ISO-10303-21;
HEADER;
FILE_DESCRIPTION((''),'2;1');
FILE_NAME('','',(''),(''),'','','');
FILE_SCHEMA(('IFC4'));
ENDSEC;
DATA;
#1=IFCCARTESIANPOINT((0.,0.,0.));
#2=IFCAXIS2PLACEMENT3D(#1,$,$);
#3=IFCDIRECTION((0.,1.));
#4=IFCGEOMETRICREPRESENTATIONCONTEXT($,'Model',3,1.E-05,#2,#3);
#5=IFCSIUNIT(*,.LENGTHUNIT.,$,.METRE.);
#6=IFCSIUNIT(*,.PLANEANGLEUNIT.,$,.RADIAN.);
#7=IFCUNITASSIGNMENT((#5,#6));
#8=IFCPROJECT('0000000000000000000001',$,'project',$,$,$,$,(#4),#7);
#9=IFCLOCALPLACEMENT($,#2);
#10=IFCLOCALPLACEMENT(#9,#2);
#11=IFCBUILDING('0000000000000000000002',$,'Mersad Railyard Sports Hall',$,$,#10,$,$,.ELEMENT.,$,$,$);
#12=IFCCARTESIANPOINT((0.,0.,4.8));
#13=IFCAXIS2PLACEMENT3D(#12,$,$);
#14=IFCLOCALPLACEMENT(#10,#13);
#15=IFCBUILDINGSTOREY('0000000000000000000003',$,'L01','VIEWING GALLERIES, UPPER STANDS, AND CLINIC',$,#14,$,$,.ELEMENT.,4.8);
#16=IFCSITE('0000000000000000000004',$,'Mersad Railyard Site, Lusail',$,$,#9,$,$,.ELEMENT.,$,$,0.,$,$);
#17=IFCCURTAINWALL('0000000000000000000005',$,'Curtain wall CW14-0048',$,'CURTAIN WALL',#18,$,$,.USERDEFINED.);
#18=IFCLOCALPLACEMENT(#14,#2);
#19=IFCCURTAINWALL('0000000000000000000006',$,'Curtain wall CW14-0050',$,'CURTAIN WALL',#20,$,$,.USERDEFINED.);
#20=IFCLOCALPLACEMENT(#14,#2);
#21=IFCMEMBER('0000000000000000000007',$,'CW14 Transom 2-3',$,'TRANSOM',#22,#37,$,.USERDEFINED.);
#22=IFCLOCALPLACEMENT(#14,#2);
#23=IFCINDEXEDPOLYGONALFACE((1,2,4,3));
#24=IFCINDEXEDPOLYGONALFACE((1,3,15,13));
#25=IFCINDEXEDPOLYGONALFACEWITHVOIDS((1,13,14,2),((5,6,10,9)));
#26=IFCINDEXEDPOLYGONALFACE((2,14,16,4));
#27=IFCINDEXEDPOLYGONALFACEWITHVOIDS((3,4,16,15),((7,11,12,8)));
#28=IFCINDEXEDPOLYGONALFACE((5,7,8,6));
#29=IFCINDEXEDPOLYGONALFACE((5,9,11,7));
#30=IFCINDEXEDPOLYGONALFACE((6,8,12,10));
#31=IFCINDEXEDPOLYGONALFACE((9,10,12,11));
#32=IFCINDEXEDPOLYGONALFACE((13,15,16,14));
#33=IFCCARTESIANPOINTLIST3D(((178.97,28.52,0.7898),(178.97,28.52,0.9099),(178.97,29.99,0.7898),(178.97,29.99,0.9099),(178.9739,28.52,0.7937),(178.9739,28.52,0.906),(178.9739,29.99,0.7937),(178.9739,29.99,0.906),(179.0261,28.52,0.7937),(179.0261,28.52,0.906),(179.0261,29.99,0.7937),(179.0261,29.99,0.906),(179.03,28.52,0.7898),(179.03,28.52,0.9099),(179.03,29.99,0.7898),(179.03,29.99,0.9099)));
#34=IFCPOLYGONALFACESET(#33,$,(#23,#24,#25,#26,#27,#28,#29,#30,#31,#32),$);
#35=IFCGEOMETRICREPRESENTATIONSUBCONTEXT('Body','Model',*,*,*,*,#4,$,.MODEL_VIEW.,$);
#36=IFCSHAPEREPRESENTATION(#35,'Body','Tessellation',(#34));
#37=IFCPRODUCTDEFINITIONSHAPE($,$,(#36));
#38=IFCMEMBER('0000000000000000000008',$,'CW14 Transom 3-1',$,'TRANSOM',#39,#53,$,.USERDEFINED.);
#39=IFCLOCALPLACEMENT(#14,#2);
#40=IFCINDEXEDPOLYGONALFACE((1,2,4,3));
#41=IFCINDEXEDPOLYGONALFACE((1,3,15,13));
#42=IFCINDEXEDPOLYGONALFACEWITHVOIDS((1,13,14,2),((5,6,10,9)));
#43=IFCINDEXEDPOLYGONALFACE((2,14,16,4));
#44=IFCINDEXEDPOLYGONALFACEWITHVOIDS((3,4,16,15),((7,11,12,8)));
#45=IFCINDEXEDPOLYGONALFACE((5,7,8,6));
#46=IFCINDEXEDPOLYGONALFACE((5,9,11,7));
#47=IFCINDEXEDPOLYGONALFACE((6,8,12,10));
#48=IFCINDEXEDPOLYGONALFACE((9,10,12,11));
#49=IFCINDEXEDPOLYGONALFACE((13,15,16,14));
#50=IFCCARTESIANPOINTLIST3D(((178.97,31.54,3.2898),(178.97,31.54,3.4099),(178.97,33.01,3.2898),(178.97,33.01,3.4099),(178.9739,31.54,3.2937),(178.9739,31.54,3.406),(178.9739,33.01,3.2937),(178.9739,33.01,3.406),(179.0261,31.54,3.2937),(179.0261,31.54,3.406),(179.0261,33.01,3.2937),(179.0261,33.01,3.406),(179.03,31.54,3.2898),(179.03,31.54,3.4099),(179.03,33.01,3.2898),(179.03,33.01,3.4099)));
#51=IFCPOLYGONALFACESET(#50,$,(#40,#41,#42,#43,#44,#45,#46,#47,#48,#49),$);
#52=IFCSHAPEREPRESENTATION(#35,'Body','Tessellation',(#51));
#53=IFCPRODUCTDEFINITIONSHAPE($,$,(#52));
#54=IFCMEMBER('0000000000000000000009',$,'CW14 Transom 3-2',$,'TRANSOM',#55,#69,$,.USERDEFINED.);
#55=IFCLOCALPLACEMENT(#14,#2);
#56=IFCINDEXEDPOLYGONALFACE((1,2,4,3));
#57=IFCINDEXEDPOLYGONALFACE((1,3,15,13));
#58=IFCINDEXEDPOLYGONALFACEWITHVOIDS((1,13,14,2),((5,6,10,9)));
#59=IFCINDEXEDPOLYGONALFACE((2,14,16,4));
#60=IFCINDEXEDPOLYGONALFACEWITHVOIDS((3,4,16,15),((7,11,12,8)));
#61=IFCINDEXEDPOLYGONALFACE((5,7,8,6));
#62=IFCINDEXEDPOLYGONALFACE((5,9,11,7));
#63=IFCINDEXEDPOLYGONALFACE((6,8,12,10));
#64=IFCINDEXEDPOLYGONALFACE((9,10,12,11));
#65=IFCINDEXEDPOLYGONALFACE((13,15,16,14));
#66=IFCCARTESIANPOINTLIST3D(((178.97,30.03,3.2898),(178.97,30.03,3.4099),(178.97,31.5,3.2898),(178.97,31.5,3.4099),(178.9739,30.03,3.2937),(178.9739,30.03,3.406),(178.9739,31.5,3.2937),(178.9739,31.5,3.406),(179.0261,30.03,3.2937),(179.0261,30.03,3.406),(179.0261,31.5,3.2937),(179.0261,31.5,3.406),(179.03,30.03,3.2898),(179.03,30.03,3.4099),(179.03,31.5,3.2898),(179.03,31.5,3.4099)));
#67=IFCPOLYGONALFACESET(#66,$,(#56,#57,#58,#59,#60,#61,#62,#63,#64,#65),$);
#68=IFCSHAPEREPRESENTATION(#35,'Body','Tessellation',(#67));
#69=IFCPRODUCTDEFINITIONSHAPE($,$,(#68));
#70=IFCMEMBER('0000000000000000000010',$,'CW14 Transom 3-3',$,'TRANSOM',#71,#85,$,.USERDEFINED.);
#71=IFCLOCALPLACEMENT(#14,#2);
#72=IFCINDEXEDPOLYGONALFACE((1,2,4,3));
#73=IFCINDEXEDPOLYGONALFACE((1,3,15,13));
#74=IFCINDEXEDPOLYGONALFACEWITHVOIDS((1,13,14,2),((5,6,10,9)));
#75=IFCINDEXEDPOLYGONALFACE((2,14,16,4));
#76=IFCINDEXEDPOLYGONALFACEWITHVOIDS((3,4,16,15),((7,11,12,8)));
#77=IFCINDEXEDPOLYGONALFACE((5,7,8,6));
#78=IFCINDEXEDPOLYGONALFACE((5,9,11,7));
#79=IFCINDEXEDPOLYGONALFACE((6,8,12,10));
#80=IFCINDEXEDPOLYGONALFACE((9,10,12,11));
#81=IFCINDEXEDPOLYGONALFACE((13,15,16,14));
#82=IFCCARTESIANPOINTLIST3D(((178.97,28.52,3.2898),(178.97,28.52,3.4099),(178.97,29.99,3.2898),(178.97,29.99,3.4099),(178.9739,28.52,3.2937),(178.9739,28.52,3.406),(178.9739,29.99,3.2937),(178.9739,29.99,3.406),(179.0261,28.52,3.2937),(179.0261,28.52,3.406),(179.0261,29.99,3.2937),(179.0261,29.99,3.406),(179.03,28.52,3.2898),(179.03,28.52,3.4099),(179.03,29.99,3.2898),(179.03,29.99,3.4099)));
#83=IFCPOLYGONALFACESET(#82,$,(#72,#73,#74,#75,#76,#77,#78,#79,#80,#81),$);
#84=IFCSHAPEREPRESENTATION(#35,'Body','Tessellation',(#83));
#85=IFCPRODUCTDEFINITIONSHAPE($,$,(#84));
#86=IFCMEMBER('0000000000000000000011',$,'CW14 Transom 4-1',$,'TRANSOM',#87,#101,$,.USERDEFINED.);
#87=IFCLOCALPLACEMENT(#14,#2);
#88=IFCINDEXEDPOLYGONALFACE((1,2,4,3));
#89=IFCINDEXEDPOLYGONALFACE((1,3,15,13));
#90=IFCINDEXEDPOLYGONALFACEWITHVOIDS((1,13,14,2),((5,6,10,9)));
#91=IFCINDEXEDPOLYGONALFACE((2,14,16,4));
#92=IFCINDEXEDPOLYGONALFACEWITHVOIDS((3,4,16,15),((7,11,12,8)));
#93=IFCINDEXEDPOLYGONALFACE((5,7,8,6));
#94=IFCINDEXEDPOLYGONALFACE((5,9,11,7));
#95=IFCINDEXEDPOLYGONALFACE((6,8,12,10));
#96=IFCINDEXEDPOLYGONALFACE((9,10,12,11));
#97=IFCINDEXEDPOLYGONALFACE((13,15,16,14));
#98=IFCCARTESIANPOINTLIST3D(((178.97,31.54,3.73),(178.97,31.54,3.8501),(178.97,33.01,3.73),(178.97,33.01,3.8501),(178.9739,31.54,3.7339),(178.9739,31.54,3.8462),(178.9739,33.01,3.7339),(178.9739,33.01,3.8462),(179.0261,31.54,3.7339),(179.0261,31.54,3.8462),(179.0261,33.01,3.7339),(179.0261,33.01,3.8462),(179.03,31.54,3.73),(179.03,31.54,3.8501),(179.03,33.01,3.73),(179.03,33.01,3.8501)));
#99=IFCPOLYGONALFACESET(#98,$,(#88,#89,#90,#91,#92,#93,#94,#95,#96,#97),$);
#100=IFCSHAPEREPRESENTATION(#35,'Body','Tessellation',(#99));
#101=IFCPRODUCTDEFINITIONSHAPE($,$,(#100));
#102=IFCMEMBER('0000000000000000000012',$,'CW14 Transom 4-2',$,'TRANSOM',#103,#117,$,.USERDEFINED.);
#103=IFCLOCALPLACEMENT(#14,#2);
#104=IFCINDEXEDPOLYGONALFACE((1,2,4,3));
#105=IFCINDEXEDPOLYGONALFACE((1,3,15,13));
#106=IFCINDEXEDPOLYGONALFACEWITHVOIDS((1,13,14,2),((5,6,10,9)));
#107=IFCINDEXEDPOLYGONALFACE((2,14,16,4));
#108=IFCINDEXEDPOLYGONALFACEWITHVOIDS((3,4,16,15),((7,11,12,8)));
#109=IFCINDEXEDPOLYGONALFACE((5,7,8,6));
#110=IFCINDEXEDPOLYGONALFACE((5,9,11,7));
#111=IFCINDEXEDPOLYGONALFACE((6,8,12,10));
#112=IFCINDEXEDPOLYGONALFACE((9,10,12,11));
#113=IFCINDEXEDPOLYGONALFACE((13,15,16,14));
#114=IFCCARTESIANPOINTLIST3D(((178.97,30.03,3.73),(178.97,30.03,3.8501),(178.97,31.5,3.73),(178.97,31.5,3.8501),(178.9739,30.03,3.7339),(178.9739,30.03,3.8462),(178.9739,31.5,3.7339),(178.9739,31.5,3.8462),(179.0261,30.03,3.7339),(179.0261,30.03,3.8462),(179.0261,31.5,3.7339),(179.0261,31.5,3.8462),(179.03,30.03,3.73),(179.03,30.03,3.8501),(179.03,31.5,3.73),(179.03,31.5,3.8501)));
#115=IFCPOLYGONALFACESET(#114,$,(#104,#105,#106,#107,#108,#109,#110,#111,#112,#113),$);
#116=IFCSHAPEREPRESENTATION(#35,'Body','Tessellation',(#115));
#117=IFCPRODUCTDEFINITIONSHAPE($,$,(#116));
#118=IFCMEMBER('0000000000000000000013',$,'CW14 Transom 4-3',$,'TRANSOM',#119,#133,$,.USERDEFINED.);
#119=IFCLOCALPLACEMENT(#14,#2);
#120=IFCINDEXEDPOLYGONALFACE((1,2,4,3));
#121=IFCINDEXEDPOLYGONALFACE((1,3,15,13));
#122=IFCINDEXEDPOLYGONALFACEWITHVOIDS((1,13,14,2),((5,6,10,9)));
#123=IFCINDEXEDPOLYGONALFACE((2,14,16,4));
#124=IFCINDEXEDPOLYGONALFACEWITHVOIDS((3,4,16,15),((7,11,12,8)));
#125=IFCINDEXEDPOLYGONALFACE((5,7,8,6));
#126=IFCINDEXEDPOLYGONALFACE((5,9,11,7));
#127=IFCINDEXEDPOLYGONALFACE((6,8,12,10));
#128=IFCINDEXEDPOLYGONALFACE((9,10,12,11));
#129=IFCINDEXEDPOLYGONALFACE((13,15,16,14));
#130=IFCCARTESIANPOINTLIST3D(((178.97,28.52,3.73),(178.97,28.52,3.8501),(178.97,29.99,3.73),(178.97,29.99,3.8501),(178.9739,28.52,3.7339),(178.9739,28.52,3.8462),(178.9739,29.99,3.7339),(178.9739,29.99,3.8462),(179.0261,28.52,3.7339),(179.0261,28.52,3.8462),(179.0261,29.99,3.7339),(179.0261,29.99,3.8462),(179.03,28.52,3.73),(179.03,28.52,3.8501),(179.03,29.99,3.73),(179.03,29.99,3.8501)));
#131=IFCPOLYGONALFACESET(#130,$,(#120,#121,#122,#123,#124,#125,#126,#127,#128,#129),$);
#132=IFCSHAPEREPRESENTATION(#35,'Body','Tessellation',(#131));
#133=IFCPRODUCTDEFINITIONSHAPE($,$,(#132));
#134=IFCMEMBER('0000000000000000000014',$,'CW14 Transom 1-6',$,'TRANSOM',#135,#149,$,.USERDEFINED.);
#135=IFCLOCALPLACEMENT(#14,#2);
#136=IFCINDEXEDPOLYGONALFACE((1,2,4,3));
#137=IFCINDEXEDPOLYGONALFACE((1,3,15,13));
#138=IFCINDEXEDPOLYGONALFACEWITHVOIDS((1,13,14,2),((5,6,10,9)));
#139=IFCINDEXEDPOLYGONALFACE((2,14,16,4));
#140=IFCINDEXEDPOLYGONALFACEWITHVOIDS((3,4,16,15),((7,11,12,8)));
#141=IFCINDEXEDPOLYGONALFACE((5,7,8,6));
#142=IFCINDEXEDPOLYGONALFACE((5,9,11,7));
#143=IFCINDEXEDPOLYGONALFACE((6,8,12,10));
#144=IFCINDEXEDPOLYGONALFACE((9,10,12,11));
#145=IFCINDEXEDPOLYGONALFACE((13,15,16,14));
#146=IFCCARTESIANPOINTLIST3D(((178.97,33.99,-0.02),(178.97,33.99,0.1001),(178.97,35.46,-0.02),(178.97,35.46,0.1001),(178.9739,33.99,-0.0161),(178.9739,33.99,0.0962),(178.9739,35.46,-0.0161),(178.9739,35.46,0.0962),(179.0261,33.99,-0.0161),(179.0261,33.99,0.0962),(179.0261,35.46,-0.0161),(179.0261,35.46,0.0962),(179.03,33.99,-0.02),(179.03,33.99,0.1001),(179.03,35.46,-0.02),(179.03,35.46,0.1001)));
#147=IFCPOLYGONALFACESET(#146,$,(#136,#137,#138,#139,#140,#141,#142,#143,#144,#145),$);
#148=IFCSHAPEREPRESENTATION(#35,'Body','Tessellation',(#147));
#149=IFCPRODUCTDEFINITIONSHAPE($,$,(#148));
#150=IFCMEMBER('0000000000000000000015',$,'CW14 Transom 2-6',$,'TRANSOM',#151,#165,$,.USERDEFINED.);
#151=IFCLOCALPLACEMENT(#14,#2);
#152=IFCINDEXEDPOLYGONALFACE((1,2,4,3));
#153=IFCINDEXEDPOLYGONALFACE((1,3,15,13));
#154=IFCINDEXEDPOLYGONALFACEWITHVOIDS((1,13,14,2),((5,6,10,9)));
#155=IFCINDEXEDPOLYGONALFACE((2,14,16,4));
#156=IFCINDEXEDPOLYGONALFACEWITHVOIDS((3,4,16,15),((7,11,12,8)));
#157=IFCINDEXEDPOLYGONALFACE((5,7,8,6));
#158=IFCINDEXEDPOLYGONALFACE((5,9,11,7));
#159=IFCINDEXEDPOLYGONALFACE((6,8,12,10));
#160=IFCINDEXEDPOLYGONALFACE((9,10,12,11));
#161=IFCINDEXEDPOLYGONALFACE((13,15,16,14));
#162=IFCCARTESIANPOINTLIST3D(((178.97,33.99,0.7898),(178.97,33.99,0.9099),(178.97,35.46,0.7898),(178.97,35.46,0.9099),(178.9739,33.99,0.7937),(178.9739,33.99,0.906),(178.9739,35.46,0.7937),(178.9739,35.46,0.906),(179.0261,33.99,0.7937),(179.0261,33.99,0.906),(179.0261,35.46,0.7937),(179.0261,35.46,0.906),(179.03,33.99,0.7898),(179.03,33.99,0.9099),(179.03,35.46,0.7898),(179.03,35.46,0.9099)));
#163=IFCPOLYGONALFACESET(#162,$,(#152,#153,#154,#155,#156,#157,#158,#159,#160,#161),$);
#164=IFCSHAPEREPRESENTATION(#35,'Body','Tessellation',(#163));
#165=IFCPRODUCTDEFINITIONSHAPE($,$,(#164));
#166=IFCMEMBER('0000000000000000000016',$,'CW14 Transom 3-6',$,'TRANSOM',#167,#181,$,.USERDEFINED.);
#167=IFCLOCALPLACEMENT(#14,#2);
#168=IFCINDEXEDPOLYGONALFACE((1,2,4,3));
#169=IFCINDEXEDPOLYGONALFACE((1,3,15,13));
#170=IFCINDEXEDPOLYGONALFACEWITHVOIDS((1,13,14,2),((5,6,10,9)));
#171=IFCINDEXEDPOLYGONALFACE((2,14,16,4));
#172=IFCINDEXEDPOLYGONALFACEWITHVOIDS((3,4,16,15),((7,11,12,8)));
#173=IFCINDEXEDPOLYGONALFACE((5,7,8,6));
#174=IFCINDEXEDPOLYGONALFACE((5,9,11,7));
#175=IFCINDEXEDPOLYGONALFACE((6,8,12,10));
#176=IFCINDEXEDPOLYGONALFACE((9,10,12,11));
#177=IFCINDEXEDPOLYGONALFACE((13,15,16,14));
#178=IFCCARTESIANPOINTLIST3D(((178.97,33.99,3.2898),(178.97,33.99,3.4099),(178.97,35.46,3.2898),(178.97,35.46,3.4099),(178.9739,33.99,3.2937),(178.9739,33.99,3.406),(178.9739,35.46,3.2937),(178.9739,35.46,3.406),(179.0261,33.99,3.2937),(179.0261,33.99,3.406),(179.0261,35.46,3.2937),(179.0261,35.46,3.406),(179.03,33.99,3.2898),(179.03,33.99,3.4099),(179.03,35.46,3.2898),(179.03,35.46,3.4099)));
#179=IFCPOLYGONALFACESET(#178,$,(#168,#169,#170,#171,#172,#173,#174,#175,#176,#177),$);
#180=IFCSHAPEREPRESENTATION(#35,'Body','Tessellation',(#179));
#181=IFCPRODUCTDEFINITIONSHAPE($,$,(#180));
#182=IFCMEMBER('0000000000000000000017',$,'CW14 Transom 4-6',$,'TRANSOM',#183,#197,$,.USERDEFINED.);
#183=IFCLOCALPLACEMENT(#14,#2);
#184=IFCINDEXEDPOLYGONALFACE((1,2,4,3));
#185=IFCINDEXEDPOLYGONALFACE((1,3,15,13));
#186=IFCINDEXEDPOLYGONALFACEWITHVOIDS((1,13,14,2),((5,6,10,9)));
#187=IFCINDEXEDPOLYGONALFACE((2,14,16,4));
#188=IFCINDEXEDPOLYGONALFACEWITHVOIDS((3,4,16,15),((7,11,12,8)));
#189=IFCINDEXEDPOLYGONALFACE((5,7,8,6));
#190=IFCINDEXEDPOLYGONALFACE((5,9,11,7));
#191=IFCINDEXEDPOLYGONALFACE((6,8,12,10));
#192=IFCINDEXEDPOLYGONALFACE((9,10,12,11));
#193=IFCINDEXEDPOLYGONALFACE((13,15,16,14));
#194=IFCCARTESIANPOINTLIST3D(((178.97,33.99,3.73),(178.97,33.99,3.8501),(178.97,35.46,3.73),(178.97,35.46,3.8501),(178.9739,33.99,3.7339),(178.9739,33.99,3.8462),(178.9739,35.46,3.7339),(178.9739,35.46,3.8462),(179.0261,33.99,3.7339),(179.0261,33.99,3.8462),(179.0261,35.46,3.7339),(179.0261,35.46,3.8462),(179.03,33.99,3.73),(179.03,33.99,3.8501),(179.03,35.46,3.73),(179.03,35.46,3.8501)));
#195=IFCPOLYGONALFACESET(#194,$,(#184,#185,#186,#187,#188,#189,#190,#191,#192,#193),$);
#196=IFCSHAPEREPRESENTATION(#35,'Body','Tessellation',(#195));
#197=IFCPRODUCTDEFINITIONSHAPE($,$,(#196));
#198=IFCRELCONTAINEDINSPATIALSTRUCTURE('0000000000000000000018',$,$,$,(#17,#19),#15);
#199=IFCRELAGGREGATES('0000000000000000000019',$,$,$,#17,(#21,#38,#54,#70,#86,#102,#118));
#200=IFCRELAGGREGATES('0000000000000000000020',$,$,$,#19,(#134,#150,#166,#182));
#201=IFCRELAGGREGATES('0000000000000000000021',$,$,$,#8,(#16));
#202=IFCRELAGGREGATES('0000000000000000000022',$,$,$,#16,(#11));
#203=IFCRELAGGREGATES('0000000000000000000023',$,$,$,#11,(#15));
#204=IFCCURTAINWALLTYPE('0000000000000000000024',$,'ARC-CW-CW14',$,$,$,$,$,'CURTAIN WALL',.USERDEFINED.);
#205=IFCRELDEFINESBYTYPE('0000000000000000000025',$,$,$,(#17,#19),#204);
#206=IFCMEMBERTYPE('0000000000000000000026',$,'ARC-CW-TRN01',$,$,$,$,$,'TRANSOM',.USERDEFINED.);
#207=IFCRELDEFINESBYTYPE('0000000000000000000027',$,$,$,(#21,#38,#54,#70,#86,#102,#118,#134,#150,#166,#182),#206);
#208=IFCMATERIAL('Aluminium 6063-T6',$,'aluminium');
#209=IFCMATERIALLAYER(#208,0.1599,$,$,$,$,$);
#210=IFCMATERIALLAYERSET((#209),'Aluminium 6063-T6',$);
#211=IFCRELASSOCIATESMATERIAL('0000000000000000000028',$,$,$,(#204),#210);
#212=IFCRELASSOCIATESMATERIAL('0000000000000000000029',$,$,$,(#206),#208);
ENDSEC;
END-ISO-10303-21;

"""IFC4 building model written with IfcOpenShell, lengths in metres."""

from ifc_helpers import new_model, si_unit, direction, frame, origin, origin_2d, place, context, subcontext, project, spatial, hollow_rectangle, extrude, material, layer, layer_set, material_profile, profile_set, type_object, element, aggregate, save


model = new_model("IFC4")

# Units and contexts
model_context = context("Model", 3, precision=1e-05, world=origin(), true_north=direction((0.0, 1.0)))
body_context = subcontext(model_context, "Body", "Model", "MODEL_VIEW")
ifc_project = project(units=[si_unit("LENGTHUNIT", "METRE"), si_unit("PLANEANGLEUNIT", "RADIAN")], contexts=[model_context])

# Site, building, storey
site_placement = place(None, origin())
site = spatial("IfcSite", under=ifc_project, at=site_placement, Name="Mersad Railyard Site, Lusail", CompositionType="ELEMENT", RefElevation=0.0)
building_placement = place(site_placement, origin())
building = spatial("IfcBuilding", under=site, at=building_placement, Name="Mersad Railyard Sports Hall", CompositionType="ELEMENT")
storey_placement = place(building_placement, frame((0.0, 0.0, 4.8)))
storey = spatial("IfcBuildingStorey", under=building, at=storey_placement, Name="L01", Description="VIEWING GALLERIES, UPPER STANDS, AND CLINIC", CompositionType="ELEMENT", Elevation=4.8)

# Curtain walls
ifc_material_1 = material(Name="Aluminium 6063-T6", Category="aluminium")
ifc_layer_1 = layer(ifc_material_1, 0.1599)
ifc_layer_set_1 = layer_set([ifc_layer_1], Name="Aluminium 6063-T6")
curtain_wall_type = type_object("IfcCurtainWallType", Name="ARC-CW-CW14", ElementType="CURTAIN WALL", PredefinedType="USERDEFINED", material=ifc_layer_set_1)
curtain_wall_1_placement = place(storey_placement, origin())
curtain_wall_1 = element("IfcCurtainWall", 1, at=curtain_wall_1_placement, inside=storey, type_object=curtain_wall_type, Name="Curtain wall CW14-0048", ObjectType="CURTAIN WALL", PredefinedType="USERDEFINED")
curtain_wall_2_placement = place(storey_placement, origin())
curtain_wall_2 = element("IfcCurtainWall", 2, at=curtain_wall_2_placement, inside=storey, type_object=curtain_wall_type, Name="Curtain wall CW14-0050", ObjectType="CURTAIN WALL", PredefinedType="USERDEFINED")

# Members
ifc_material_profile_1 = material_profile(ifc_material_1, hollow_rectangle(XDim=0.0601, YDim=0.1201, WallThickness=0.0039, at=origin_2d()), Name="AL TRANSOM 60x120x4")
ifc_profile_set_1 = profile_set([ifc_material_profile_1], Name="Aluminium 6063-T6")
member_type_1 = type_object("IfcMemberType", Name="ARC-CW-TRN01", ElementType="TRANSOM", PredefinedType="USERDEFINED", material=ifc_profile_set_1)
member_1_placement = place(storey_placement, frame((179.0, 29.99, 0.8499), z_axis=(0.0, -1.0, 0.0), x_axis=(1.0, 0.0, 0.0)))
member_1 = element("IfcMember", 3, at=member_1_placement, type_object=member_type_1, Name="CW14 Transom 2-3", ObjectType="TRANSOM", PredefinedType="USERDEFINED", context=body_context, shape_type="SweptSolid", body=[
    extrude(hollow_rectangle(XDim=0.0601, YDim=0.1201, WallThickness=0.0039, at=origin_2d()), origin(), (0.0, 0.0, 1.0), 1.47),
])
member_2_placement = place(storey_placement, frame((179.0, 33.01, 3.3499), z_axis=(0.0, -1.0, 0.0), x_axis=(1.0, 0.0, 0.0)))
member_2 = element("IfcMember", 4, at=member_2_placement, type_object=member_type_1, Name="CW14 Transom 3-1", ObjectType="TRANSOM", PredefinedType="USERDEFINED", context=body_context, shape_type="SweptSolid", body=[
    extrude(hollow_rectangle(XDim=0.0601, YDim=0.1201, WallThickness=0.0039, at=origin_2d()), origin(), (0.0, 0.0, 1.0), 1.47),
])
member_3_placement = place(storey_placement, frame((179.0, 31.5, 3.3499), z_axis=(0.0, -1.0, 0.0), x_axis=(1.0, 0.0, 0.0)))
member_3 = element("IfcMember", 5, at=member_3_placement, type_object=member_type_1, Name="CW14 Transom 3-2", ObjectType="TRANSOM", PredefinedType="USERDEFINED", context=body_context, shape_type="SweptSolid", body=[
    extrude(hollow_rectangle(XDim=0.0601, YDim=0.1201, WallThickness=0.0039, at=origin_2d()), origin(), (0.0, 0.0, 1.0), 1.47),
])
member_4_placement = place(storey_placement, frame((179.0, 29.99, 3.3499), z_axis=(0.0, -1.0, 0.0), x_axis=(1.0, 0.0, 0.0)))
member_4 = element("IfcMember", 6, at=member_4_placement, type_object=member_type_1, Name="CW14 Transom 3-3", ObjectType="TRANSOM", PredefinedType="USERDEFINED", context=body_context, shape_type="SweptSolid", body=[
    extrude(hollow_rectangle(XDim=0.0601, YDim=0.1201, WallThickness=0.0039, at=origin_2d()), origin(), (0.0, 0.0, 1.0), 1.47),
])
member_5_placement = place(storey_placement, frame((179.0, 33.01, 3.79), z_axis=(0.0, -1.0, 0.0), x_axis=(1.0, 0.0, 0.0)))
member_5 = element("IfcMember", 7, at=member_5_placement, type_object=member_type_1, Name="CW14 Transom 4-1", ObjectType="TRANSOM", PredefinedType="USERDEFINED", context=body_context, shape_type="SweptSolid", body=[
    extrude(hollow_rectangle(XDim=0.0601, YDim=0.1201, WallThickness=0.0039, at=origin_2d()), origin(), (0.0, 0.0, 1.0), 1.47),
])
member_6_placement = place(storey_placement, frame((179.0, 31.5, 3.79), z_axis=(0.0, -1.0, 0.0), x_axis=(1.0, 0.0, 0.0)))
member_6 = element("IfcMember", 8, at=member_6_placement, type_object=member_type_1, Name="CW14 Transom 4-2", ObjectType="TRANSOM", PredefinedType="USERDEFINED", context=body_context, shape_type="SweptSolid", body=[
    extrude(hollow_rectangle(XDim=0.0601, YDim=0.1201, WallThickness=0.0039, at=origin_2d()), origin(), (0.0, 0.0, 1.0), 1.47),
])
member_7_placement = place(storey_placement, frame((179.0, 29.99, 3.79), z_axis=(0.0, -1.0, 0.0), x_axis=(1.0, 0.0, 0.0)))
member_7 = element("IfcMember", 9, at=member_7_placement, type_object=member_type_1, Name="CW14 Transom 4-3", ObjectType="TRANSOM", PredefinedType="USERDEFINED", context=body_context, shape_type="SweptSolid", body=[
    extrude(hollow_rectangle(XDim=0.0601, YDim=0.1201, WallThickness=0.0039, at=origin_2d()), origin(), (0.0, 0.0, 1.0), 1.47),
])
member_8_placement = place(storey_placement, frame((179.0, 35.46, 0.04), z_axis=(0.0, -1.0, 0.0), x_axis=(1.0, 0.0, 0.0)))
member_8 = element("IfcMember", 10, at=member_8_placement, type_object=member_type_1, Name="CW14 Transom 1-6", ObjectType="TRANSOM", PredefinedType="USERDEFINED", context=body_context, shape_type="SweptSolid", body=[
    extrude(hollow_rectangle(XDim=0.0601, YDim=0.1201, WallThickness=0.0039, at=origin_2d()), origin(), (0.0, 0.0, 1.0), 1.47),
])
member_9_placement = place(storey_placement, frame((179.0, 35.46, 0.8499), z_axis=(0.0, -1.0, 0.0), x_axis=(1.0, 0.0, 0.0)))
member_9 = element("IfcMember", 11, at=member_9_placement, type_object=member_type_1, Name="CW14 Transom 2-6", ObjectType="TRANSOM", PredefinedType="USERDEFINED", context=body_context, shape_type="SweptSolid", body=[
    extrude(hollow_rectangle(XDim=0.0601, YDim=0.1201, WallThickness=0.0039, at=origin_2d()), origin(), (0.0, 0.0, 1.0), 1.47),
])
member_10_placement = place(storey_placement, frame((179.0, 35.46, 3.3499), z_axis=(0.0, -1.0, 0.0), x_axis=(1.0, 0.0, 0.0)))
member_10 = element("IfcMember", 12, at=member_10_placement, type_object=member_type_1, Name="CW14 Transom 3-6", ObjectType="TRANSOM", PredefinedType="USERDEFINED", context=body_context, shape_type="SweptSolid", body=[
    extrude(hollow_rectangle(XDim=0.0601, YDim=0.1201, WallThickness=0.0039, at=origin_2d()), origin(), (0.0, 0.0, 1.0), 1.47),
])
member_11_placement = place(storey_placement, frame((179.0, 35.46, 3.79), z_axis=(0.0, -1.0, 0.0), x_axis=(1.0, 0.0, 0.0)))
member_11 = element("IfcMember", 13, at=member_11_placement, type_object=member_type_1, Name="CW14 Transom 4-6", ObjectType="TRANSOM", PredefinedType="USERDEFINED", context=body_context, shape_type="SweptSolid", body=[
    extrude(hollow_rectangle(XDim=0.0601, YDim=0.1201, WallThickness=0.0039, at=origin_2d()), origin(), (0.0, 0.0, 1.0), 1.47),
])

aggregate(curtain_wall_1, [member_1, member_2, member_3, member_4, member_5, member_6, member_7])
aggregate(curtain_wall_2, [member_8, member_9, member_10, member_11])

save(model, "model.ifc")
